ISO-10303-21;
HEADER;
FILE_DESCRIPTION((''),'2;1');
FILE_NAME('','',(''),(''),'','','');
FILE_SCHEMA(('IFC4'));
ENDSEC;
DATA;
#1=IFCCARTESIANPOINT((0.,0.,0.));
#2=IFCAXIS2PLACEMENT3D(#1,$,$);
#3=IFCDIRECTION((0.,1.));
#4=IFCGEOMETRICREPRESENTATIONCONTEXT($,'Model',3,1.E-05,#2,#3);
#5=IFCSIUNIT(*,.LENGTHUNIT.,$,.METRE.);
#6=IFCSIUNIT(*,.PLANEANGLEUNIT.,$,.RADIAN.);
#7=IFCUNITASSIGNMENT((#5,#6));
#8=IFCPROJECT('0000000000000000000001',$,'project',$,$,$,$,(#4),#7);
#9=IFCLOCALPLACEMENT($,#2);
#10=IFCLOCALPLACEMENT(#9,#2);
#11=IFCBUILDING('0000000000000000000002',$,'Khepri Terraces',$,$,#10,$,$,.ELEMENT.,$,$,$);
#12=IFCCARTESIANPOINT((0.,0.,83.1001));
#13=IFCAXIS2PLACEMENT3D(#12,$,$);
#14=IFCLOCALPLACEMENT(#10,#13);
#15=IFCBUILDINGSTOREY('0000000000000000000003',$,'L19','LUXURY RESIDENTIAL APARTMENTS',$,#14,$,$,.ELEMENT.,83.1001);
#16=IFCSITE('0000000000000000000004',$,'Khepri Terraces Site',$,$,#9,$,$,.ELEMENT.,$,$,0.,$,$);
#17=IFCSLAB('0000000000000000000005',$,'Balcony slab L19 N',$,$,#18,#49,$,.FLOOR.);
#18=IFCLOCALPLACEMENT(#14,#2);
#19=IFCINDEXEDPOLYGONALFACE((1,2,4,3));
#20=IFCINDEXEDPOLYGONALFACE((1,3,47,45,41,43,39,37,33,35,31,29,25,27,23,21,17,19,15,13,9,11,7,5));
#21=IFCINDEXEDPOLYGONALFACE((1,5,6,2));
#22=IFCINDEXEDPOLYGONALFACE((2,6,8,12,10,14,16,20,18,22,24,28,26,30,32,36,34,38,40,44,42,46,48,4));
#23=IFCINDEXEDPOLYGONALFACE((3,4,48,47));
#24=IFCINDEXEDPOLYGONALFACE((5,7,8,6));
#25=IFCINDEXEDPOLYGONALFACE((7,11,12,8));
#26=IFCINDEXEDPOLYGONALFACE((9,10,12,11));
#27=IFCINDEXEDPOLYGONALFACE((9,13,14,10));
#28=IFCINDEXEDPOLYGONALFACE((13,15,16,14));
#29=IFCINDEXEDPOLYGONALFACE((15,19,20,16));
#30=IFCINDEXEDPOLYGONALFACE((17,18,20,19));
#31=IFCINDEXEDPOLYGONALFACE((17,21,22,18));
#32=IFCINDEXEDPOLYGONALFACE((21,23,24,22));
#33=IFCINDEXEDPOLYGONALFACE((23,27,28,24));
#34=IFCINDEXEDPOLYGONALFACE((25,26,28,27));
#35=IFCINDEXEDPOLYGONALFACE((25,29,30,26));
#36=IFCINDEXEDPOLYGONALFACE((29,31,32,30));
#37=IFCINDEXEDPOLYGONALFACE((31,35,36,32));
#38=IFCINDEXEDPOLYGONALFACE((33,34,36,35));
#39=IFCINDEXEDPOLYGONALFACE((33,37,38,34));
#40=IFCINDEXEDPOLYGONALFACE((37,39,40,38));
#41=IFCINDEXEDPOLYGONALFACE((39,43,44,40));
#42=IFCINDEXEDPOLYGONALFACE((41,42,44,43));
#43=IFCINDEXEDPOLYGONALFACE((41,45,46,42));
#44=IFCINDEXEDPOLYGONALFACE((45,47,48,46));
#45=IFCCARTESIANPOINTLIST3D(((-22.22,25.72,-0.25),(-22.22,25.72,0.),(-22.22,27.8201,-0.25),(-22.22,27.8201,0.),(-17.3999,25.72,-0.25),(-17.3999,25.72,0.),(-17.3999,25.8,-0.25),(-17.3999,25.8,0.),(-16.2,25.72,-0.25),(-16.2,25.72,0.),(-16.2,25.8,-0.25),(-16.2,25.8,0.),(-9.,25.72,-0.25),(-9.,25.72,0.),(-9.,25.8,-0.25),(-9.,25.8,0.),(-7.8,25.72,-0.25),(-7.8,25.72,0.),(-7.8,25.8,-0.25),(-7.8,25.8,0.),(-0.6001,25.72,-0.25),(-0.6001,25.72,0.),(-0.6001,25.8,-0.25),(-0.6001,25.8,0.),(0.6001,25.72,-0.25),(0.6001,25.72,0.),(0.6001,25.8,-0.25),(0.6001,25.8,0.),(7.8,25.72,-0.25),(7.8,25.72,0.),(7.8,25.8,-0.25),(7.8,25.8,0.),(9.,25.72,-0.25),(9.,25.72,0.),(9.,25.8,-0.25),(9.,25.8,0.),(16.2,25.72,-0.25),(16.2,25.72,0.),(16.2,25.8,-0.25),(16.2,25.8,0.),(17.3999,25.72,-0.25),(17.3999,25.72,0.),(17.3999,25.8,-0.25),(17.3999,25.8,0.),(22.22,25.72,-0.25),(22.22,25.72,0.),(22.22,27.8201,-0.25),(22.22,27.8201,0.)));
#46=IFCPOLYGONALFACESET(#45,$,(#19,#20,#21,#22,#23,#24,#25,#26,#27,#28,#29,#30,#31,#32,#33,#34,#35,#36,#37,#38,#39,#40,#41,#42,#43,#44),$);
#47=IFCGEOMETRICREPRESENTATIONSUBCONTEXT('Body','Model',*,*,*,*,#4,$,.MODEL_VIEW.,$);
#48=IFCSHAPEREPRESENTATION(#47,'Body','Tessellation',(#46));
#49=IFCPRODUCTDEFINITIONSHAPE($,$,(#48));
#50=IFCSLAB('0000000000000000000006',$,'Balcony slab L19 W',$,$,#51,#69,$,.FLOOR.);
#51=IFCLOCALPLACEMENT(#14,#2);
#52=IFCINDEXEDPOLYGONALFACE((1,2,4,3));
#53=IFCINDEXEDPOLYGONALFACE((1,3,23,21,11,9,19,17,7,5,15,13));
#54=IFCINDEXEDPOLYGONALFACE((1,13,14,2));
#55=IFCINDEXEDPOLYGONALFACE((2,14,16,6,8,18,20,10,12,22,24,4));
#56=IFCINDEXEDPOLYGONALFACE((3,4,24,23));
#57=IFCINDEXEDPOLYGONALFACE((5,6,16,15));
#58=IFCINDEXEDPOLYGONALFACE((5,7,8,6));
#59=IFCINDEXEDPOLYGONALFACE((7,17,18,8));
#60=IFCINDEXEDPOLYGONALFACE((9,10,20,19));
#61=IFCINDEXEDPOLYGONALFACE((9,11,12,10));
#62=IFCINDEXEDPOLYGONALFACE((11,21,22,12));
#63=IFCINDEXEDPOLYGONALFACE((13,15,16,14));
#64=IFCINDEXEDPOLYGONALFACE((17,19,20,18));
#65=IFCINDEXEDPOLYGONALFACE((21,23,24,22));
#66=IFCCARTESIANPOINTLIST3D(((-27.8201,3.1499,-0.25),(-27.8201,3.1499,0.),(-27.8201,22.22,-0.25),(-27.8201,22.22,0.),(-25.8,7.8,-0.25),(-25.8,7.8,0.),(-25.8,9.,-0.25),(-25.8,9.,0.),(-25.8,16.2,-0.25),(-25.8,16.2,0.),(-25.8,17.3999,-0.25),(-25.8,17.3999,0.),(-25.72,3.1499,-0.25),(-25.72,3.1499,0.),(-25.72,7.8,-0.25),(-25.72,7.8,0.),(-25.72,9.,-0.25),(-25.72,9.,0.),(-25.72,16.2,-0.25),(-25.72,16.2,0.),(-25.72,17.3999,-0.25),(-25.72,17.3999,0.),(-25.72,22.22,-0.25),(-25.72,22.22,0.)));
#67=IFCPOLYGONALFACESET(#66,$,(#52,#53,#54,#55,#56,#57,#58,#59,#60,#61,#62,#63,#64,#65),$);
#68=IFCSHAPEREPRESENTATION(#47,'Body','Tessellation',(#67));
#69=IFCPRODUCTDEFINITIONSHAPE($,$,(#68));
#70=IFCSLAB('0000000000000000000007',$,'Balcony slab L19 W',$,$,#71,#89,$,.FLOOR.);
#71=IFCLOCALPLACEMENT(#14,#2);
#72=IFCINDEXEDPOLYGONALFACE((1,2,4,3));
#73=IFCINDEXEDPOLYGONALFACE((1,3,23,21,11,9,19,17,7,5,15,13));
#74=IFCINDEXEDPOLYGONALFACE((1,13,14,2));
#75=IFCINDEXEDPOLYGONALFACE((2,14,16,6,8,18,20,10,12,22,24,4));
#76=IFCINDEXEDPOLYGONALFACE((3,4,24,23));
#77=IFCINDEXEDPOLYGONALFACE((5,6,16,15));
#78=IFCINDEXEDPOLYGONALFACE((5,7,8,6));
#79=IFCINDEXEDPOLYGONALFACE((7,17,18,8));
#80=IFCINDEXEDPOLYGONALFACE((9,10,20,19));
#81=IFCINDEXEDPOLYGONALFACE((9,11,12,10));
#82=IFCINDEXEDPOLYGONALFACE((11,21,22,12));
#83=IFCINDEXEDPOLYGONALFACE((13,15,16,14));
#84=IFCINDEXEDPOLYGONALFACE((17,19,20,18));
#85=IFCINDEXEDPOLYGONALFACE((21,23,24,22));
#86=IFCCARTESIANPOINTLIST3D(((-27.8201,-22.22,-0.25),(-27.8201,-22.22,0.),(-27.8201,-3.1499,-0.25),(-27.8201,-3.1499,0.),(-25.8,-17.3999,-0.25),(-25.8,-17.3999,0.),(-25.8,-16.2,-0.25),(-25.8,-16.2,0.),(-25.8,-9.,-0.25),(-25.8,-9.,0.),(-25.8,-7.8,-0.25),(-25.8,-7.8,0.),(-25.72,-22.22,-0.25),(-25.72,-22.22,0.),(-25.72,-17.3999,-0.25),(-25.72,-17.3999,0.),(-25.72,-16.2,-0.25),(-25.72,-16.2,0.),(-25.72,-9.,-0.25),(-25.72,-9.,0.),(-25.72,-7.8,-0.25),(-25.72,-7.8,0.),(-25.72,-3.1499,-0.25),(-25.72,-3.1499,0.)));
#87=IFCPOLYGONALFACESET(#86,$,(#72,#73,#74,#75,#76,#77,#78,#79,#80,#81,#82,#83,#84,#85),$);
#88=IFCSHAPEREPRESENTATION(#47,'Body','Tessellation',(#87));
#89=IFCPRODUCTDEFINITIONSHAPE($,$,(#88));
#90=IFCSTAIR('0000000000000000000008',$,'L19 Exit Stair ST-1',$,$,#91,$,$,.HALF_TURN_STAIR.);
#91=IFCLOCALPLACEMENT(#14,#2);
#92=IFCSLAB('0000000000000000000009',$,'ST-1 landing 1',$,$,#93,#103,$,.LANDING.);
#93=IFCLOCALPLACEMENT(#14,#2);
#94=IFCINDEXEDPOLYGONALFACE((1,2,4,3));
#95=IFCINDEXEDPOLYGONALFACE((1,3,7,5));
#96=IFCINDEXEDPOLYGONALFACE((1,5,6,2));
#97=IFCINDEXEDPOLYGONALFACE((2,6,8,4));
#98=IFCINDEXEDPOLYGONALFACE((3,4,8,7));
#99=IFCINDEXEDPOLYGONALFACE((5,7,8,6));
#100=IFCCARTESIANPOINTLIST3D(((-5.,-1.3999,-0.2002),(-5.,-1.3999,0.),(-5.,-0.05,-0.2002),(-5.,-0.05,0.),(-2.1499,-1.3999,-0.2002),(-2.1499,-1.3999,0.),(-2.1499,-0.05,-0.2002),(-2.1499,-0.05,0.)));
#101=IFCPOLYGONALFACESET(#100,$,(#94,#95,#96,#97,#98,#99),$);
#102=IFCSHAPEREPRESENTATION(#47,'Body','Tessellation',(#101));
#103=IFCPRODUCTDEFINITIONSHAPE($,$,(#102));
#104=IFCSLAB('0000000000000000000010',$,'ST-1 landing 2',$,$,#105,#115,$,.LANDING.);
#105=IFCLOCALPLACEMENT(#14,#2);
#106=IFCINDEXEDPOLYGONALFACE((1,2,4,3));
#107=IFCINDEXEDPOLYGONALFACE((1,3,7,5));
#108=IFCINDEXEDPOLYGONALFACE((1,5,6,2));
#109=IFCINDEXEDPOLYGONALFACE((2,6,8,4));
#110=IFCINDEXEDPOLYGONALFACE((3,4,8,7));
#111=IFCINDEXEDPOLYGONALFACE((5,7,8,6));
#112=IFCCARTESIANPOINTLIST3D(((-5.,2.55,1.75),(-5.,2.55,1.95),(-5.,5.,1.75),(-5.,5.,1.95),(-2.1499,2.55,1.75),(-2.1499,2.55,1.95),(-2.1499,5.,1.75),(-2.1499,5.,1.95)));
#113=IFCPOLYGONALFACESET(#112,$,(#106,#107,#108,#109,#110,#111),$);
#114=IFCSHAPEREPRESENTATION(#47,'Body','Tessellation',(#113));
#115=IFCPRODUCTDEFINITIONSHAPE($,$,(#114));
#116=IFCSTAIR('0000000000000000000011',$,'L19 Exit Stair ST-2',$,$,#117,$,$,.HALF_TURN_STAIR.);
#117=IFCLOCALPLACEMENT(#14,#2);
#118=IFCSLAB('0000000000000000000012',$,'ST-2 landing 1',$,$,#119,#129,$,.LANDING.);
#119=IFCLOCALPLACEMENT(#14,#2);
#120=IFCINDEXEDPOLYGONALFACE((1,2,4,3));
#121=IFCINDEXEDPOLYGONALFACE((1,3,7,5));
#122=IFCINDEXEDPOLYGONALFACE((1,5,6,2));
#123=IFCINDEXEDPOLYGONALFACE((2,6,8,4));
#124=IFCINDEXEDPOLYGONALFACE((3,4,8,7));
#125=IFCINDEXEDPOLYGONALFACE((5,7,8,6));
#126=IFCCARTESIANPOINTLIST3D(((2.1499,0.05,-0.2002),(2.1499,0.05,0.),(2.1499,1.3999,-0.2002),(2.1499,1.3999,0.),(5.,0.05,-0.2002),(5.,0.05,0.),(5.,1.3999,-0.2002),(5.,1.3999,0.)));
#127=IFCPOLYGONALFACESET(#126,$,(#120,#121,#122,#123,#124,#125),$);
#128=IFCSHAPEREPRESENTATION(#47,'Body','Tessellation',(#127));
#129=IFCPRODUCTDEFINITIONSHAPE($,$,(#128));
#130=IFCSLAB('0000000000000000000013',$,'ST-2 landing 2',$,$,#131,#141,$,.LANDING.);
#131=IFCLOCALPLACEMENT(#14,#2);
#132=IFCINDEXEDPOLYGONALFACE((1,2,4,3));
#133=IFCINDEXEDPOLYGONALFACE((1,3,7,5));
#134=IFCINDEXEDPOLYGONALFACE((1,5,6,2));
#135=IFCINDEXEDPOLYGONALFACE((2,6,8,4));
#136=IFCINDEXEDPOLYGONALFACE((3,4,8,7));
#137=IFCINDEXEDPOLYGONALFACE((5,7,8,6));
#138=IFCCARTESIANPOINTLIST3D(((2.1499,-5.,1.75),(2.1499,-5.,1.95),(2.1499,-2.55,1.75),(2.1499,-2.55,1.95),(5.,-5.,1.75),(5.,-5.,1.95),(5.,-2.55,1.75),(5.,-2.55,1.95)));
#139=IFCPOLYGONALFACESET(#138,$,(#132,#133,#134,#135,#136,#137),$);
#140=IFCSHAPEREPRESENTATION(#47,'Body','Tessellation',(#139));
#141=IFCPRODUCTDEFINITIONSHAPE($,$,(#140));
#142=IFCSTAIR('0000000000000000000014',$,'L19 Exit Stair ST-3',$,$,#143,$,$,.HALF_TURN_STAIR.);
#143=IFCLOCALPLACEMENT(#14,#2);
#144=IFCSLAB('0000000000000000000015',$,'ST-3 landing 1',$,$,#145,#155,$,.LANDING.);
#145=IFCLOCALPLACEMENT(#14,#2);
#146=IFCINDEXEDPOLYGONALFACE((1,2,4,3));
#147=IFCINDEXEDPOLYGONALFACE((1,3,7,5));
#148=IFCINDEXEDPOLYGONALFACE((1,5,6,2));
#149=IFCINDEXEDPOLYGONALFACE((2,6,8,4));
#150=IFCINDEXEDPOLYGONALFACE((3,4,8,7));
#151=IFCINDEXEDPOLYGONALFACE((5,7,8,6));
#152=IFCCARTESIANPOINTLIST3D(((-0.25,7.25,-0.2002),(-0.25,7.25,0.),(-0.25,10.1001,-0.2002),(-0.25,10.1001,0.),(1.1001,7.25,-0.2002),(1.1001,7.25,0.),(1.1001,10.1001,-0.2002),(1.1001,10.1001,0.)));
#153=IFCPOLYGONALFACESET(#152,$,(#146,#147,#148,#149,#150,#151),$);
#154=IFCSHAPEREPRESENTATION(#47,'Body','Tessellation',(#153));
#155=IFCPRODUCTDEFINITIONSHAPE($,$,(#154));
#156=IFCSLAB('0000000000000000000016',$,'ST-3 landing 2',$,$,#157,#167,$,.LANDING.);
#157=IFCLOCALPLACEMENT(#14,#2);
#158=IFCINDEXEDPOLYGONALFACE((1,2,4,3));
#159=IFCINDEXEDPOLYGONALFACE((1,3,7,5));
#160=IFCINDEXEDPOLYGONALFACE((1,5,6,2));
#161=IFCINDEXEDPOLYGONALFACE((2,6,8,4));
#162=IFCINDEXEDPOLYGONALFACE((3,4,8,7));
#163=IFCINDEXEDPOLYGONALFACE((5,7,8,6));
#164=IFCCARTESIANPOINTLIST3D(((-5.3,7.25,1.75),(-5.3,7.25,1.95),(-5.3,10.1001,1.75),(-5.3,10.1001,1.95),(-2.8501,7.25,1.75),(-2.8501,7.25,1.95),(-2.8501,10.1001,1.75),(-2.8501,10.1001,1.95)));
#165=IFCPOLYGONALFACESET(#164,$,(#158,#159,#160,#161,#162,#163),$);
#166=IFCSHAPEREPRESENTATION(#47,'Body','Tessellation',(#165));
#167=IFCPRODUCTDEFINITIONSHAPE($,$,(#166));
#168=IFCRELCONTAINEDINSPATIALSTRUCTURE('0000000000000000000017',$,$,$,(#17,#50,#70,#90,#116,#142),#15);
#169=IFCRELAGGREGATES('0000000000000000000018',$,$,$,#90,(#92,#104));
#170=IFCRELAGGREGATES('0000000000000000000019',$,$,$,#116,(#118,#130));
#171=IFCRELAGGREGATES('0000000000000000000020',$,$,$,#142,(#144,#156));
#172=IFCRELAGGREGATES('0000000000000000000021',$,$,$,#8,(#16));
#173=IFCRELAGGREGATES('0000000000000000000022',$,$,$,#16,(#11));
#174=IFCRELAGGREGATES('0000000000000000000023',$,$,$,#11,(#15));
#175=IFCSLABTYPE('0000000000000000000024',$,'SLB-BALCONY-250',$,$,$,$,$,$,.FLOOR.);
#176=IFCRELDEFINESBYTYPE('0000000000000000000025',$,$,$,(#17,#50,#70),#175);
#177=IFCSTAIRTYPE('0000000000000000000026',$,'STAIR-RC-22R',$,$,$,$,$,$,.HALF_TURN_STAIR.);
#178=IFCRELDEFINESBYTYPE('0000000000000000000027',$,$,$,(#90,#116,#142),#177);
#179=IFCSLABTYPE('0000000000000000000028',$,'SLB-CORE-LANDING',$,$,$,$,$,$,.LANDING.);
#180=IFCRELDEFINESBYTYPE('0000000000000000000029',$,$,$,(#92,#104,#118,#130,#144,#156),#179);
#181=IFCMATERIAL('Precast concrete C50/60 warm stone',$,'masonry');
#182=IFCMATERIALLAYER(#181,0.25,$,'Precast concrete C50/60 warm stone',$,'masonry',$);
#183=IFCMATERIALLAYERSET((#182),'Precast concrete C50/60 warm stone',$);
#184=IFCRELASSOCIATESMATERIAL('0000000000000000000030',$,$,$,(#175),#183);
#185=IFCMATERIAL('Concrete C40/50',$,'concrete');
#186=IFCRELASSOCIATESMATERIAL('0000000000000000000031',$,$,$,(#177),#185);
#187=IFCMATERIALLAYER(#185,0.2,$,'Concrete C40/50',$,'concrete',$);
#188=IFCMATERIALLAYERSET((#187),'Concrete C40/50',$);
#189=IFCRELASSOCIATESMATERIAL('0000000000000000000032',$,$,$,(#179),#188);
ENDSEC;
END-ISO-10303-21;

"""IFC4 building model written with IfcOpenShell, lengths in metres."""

from ifc_helpers import new_model, si_unit, direction, frame, origin, place, context, subcontext, project, spatial, polyline, outline, extrude, material, layer, layer_set, type_object, element, aggregate, save


model = new_model("IFC4")

# Units and contexts
model_context = context("Model", 3, precision=1e-05, world=origin(), true_north=direction((0.0, 1.0)))
body_context = subcontext(model_context, "Body", "Model", "MODEL_VIEW")
ifc_project = project(units=[si_unit("LENGTHUNIT", "METRE"), si_unit("PLANEANGLEUNIT", "RADIAN")], contexts=[model_context])

# Site, building, storey
site_placement = place(None, origin())
site = spatial("IfcSite", under=ifc_project, at=site_placement, Name="Khepri Terraces Site", CompositionType="ELEMENT", RefElevation=0.0)
building_placement = place(site_placement, origin())
building = spatial("IfcBuilding", under=site, at=building_placement, Name="Khepri Terraces", CompositionType="ELEMENT")
storey_placement = place(building_placement, frame((0.0, 0.0, 83.1001)))
storey = spatial("IfcBuildingStorey", under=building, at=storey_placement, Name="L19", Description="LUXURY RESIDENTIAL APARTMENTS", CompositionType="ELEMENT", Elevation=83.1001)

# Slabs
ifc_material_1 = material(Name="Precast concrete C50/60 warm stone", Category="masonry")
ifc_layer_1 = layer(ifc_material_1, 0.25, Name="Precast concrete C50/60 warm stone", Category="masonry")
ifc_layer_set_1 = layer_set([ifc_layer_1], Name="Precast concrete C50/60 warm stone")
slab_type_1 = type_object("IfcSlabType", Name="SLB-BALCONY-250", PredefinedType="FLOOR", material=ifc_layer_set_1)
slab_1_placement = place(storey_placement, frame((0.0, 0.0, -0.25)))
element("IfcSlab", 1, at=slab_1_placement, inside=storey, type_object=slab_type_1, Name="Balcony slab L19 N", PredefinedType="FLOOR", context=body_context, shape_type="SweptSolid", body=[
    extrude(outline(polyline([(17.3999, 25.72), (22.22, 25.72), (22.22, 27.8201), (-22.22, 27.8201), (-22.22, 25.72), (-17.3999, 25.72), (-17.3999, 25.8), (-16.2, 25.8), (-16.2, 25.72), (-9.0, 25.72), (-9.0, 25.8), (-7.8, 25.8), (-7.8, 25.72), (-0.6001, 25.72), (-0.6001, 25.8), (0.6001, 25.8), (0.6001, 25.72), (7.8, 25.72), (7.8, 25.8), (9.0, 25.8), (9.0, 25.72), (16.2, 25.72), (16.2, 25.8), (17.3999, 25.8), (17.3999, 25.72)])), origin(), (0.0, 0.0, 1.0), 0.25),
])
slab_2_placement = place(storey_placement, frame((0.0, 0.0, -0.25)))
element("IfcSlab", 2, at=slab_2_placement, inside=storey, type_object=slab_type_1, Name="Balcony slab L19 W", PredefinedType="FLOOR", context=body_context, shape_type="SweptSolid", body=[
    extrude(outline(polyline([(-25.72, 17.3999), (-25.72, 22.22), (-27.8201, 22.22), (-27.8201, 3.1499), (-25.72, 3.1499), (-25.72, 7.8), (-25.8, 7.8), (-25.8, 9.0), (-25.72, 9.0), (-25.72, 16.2), (-25.8, 16.2), (-25.8, 17.3999), (-25.72, 17.3999)])), origin(), (0.0, 0.0, 1.0), 0.25),
])
slab_3_placement = place(storey_placement, frame((0.0, 0.0, -0.25)))
element("IfcSlab", 3, at=slab_3_placement, inside=storey, type_object=slab_type_1, Name="Balcony slab L19 W", PredefinedType="FLOOR", context=body_context, shape_type="SweptSolid", body=[
    extrude(outline(polyline([(-25.72, -7.8), (-25.72, -3.1499), (-27.8201, -3.1499), (-27.8201, -22.22), (-25.72, -22.22), (-25.72, -17.3999), (-25.8, -17.3999), (-25.8, -16.2), (-25.72, -16.2), (-25.72, -9.0), (-25.8, -9.0), (-25.8, -7.8), (-25.72, -7.8)])), origin(), (0.0, 0.0, 1.0), 0.25),
])

# Stairs, slabs
ifc_material_2 = material(Name="Concrete C40/50", Category="concrete")
stair_type = type_object("IfcStairType", Name="STAIR-RC-22R", PredefinedType="HALF_TURN_STAIR", material=ifc_material_2)
stair_1_placement = place(storey_placement, origin())
stair_1 = element("IfcStair", 4, at=stair_1_placement, inside=storey, type_object=stair_type, Name="L19 Exit Stair ST-1", PredefinedType="HALF_TURN_STAIR")
ifc_layer_2 = layer(ifc_material_2, 0.2, Name="Concrete C40/50", Category="concrete")
ifc_layer_set_2 = layer_set([ifc_layer_2], Name="Concrete C40/50")
slab_type_2 = type_object("IfcSlabType", Name="SLB-CORE-LANDING", PredefinedType="LANDING", material=ifc_layer_set_2)
slab_4_placement = place(storey_placement, frame((0.0, 0.0, -0.2002)))
slab_4 = element("IfcSlab", 5, at=slab_4_placement, type_object=slab_type_2, Name="ST-1 landing 1", PredefinedType="LANDING", context=body_context, shape_type="SweptSolid", body=[
    extrude(outline(polyline([(-2.1499, -1.3999), (-2.1499, -0.05), (-5.0, -0.05), (-5.0, -1.3999), (-2.1499, -1.3999)])), origin(), (0.0, 0.0, 1.0), 0.2002),
])
slab_5_placement = place(storey_placement, frame((0.0, 0.0, 1.75)))
slab_5 = element("IfcSlab", 6, at=slab_5_placement, type_object=slab_type_2, Name="ST-1 landing 2", PredefinedType="LANDING", context=body_context, shape_type="SweptSolid", body=[
    extrude(outline(polyline([(-2.1499, 2.55), (-2.1499, 5.0), (-5.0, 5.0), (-5.0, 2.55), (-2.1499, 2.55)])), origin(), (0.0, 0.0, 1.0), 0.2),
])
aggregate(stair_1, [slab_4, slab_5])
stair_2_placement = place(storey_placement, origin())
stair_2 = element("IfcStair", 7, at=stair_2_placement, inside=storey, type_object=stair_type, Name="L19 Exit Stair ST-2", PredefinedType="HALF_TURN_STAIR")
slab_6_placement = place(storey_placement, frame((0.0, 0.0, -0.2002)))
slab_6 = element("IfcSlab", 8, at=slab_6_placement, type_object=slab_type_2, Name="ST-2 landing 1", PredefinedType="LANDING", context=body_context, shape_type="SweptSolid", body=[
    extrude(outline(polyline([(2.1499, 1.3999), (2.1499, 0.05), (5.0, 0.05), (5.0, 1.3999), (2.1499, 1.3999)])), origin(), (0.0, 0.0, 1.0), 0.2002),
])
slab_7_placement = place(storey_placement, frame((0.0, 0.0, 1.75)))
slab_7 = element("IfcSlab", 9, at=slab_7_placement, type_object=slab_type_2, Name="ST-2 landing 2", PredefinedType="LANDING", context=body_context, shape_type="SweptSolid", body=[
    extrude(outline(polyline([(2.1499, -2.55), (2.1499, -5.0), (5.0, -5.0), (5.0, -2.55), (2.1499, -2.55)])), origin(), (0.0, 0.0, 1.0), 0.2),
])
aggregate(stair_2, [slab_6, slab_7])
stair_3_placement = place(storey_placement, origin())
stair_3 = element("IfcStair", 10, at=stair_3_placement, inside=storey, type_object=stair_type, Name="L19 Exit Stair ST-3", PredefinedType="HALF_TURN_STAIR")
slab_8_placement = place(storey_placement, frame((0.0, 0.0, -0.2002)))
slab_8 = element("IfcSlab", 11, at=slab_8_placement, type_object=slab_type_2, Name="ST-3 landing 1", PredefinedType="LANDING", context=body_context, shape_type="SweptSolid", body=[
    extrude(outline(polyline([(1.1001, 10.1001), (-0.25, 10.1001), (-0.25, 7.25), (1.1001, 7.25), (1.1001, 10.1001)])), origin(), (0.0, 0.0, 1.0), 0.2002),
])
slab_9_placement = place(storey_placement, frame((0.0, 0.0, 1.75)))
slab_9 = element("IfcSlab", 12, at=slab_9_placement, type_object=slab_type_2, Name="ST-3 landing 2", PredefinedType="LANDING", context=body_context, shape_type="SweptSolid", body=[
    extrude(outline(polyline([(-2.8501, 10.1001), (-5.3, 10.1001), (-5.3, 7.25), (-2.8501, 7.25), (-2.8501, 10.1001)])), origin(), (0.0, 0.0, 1.0), 0.2),
])
aggregate(stair_3, [slab_8, slab_9])

save(model, "model.ifc")
